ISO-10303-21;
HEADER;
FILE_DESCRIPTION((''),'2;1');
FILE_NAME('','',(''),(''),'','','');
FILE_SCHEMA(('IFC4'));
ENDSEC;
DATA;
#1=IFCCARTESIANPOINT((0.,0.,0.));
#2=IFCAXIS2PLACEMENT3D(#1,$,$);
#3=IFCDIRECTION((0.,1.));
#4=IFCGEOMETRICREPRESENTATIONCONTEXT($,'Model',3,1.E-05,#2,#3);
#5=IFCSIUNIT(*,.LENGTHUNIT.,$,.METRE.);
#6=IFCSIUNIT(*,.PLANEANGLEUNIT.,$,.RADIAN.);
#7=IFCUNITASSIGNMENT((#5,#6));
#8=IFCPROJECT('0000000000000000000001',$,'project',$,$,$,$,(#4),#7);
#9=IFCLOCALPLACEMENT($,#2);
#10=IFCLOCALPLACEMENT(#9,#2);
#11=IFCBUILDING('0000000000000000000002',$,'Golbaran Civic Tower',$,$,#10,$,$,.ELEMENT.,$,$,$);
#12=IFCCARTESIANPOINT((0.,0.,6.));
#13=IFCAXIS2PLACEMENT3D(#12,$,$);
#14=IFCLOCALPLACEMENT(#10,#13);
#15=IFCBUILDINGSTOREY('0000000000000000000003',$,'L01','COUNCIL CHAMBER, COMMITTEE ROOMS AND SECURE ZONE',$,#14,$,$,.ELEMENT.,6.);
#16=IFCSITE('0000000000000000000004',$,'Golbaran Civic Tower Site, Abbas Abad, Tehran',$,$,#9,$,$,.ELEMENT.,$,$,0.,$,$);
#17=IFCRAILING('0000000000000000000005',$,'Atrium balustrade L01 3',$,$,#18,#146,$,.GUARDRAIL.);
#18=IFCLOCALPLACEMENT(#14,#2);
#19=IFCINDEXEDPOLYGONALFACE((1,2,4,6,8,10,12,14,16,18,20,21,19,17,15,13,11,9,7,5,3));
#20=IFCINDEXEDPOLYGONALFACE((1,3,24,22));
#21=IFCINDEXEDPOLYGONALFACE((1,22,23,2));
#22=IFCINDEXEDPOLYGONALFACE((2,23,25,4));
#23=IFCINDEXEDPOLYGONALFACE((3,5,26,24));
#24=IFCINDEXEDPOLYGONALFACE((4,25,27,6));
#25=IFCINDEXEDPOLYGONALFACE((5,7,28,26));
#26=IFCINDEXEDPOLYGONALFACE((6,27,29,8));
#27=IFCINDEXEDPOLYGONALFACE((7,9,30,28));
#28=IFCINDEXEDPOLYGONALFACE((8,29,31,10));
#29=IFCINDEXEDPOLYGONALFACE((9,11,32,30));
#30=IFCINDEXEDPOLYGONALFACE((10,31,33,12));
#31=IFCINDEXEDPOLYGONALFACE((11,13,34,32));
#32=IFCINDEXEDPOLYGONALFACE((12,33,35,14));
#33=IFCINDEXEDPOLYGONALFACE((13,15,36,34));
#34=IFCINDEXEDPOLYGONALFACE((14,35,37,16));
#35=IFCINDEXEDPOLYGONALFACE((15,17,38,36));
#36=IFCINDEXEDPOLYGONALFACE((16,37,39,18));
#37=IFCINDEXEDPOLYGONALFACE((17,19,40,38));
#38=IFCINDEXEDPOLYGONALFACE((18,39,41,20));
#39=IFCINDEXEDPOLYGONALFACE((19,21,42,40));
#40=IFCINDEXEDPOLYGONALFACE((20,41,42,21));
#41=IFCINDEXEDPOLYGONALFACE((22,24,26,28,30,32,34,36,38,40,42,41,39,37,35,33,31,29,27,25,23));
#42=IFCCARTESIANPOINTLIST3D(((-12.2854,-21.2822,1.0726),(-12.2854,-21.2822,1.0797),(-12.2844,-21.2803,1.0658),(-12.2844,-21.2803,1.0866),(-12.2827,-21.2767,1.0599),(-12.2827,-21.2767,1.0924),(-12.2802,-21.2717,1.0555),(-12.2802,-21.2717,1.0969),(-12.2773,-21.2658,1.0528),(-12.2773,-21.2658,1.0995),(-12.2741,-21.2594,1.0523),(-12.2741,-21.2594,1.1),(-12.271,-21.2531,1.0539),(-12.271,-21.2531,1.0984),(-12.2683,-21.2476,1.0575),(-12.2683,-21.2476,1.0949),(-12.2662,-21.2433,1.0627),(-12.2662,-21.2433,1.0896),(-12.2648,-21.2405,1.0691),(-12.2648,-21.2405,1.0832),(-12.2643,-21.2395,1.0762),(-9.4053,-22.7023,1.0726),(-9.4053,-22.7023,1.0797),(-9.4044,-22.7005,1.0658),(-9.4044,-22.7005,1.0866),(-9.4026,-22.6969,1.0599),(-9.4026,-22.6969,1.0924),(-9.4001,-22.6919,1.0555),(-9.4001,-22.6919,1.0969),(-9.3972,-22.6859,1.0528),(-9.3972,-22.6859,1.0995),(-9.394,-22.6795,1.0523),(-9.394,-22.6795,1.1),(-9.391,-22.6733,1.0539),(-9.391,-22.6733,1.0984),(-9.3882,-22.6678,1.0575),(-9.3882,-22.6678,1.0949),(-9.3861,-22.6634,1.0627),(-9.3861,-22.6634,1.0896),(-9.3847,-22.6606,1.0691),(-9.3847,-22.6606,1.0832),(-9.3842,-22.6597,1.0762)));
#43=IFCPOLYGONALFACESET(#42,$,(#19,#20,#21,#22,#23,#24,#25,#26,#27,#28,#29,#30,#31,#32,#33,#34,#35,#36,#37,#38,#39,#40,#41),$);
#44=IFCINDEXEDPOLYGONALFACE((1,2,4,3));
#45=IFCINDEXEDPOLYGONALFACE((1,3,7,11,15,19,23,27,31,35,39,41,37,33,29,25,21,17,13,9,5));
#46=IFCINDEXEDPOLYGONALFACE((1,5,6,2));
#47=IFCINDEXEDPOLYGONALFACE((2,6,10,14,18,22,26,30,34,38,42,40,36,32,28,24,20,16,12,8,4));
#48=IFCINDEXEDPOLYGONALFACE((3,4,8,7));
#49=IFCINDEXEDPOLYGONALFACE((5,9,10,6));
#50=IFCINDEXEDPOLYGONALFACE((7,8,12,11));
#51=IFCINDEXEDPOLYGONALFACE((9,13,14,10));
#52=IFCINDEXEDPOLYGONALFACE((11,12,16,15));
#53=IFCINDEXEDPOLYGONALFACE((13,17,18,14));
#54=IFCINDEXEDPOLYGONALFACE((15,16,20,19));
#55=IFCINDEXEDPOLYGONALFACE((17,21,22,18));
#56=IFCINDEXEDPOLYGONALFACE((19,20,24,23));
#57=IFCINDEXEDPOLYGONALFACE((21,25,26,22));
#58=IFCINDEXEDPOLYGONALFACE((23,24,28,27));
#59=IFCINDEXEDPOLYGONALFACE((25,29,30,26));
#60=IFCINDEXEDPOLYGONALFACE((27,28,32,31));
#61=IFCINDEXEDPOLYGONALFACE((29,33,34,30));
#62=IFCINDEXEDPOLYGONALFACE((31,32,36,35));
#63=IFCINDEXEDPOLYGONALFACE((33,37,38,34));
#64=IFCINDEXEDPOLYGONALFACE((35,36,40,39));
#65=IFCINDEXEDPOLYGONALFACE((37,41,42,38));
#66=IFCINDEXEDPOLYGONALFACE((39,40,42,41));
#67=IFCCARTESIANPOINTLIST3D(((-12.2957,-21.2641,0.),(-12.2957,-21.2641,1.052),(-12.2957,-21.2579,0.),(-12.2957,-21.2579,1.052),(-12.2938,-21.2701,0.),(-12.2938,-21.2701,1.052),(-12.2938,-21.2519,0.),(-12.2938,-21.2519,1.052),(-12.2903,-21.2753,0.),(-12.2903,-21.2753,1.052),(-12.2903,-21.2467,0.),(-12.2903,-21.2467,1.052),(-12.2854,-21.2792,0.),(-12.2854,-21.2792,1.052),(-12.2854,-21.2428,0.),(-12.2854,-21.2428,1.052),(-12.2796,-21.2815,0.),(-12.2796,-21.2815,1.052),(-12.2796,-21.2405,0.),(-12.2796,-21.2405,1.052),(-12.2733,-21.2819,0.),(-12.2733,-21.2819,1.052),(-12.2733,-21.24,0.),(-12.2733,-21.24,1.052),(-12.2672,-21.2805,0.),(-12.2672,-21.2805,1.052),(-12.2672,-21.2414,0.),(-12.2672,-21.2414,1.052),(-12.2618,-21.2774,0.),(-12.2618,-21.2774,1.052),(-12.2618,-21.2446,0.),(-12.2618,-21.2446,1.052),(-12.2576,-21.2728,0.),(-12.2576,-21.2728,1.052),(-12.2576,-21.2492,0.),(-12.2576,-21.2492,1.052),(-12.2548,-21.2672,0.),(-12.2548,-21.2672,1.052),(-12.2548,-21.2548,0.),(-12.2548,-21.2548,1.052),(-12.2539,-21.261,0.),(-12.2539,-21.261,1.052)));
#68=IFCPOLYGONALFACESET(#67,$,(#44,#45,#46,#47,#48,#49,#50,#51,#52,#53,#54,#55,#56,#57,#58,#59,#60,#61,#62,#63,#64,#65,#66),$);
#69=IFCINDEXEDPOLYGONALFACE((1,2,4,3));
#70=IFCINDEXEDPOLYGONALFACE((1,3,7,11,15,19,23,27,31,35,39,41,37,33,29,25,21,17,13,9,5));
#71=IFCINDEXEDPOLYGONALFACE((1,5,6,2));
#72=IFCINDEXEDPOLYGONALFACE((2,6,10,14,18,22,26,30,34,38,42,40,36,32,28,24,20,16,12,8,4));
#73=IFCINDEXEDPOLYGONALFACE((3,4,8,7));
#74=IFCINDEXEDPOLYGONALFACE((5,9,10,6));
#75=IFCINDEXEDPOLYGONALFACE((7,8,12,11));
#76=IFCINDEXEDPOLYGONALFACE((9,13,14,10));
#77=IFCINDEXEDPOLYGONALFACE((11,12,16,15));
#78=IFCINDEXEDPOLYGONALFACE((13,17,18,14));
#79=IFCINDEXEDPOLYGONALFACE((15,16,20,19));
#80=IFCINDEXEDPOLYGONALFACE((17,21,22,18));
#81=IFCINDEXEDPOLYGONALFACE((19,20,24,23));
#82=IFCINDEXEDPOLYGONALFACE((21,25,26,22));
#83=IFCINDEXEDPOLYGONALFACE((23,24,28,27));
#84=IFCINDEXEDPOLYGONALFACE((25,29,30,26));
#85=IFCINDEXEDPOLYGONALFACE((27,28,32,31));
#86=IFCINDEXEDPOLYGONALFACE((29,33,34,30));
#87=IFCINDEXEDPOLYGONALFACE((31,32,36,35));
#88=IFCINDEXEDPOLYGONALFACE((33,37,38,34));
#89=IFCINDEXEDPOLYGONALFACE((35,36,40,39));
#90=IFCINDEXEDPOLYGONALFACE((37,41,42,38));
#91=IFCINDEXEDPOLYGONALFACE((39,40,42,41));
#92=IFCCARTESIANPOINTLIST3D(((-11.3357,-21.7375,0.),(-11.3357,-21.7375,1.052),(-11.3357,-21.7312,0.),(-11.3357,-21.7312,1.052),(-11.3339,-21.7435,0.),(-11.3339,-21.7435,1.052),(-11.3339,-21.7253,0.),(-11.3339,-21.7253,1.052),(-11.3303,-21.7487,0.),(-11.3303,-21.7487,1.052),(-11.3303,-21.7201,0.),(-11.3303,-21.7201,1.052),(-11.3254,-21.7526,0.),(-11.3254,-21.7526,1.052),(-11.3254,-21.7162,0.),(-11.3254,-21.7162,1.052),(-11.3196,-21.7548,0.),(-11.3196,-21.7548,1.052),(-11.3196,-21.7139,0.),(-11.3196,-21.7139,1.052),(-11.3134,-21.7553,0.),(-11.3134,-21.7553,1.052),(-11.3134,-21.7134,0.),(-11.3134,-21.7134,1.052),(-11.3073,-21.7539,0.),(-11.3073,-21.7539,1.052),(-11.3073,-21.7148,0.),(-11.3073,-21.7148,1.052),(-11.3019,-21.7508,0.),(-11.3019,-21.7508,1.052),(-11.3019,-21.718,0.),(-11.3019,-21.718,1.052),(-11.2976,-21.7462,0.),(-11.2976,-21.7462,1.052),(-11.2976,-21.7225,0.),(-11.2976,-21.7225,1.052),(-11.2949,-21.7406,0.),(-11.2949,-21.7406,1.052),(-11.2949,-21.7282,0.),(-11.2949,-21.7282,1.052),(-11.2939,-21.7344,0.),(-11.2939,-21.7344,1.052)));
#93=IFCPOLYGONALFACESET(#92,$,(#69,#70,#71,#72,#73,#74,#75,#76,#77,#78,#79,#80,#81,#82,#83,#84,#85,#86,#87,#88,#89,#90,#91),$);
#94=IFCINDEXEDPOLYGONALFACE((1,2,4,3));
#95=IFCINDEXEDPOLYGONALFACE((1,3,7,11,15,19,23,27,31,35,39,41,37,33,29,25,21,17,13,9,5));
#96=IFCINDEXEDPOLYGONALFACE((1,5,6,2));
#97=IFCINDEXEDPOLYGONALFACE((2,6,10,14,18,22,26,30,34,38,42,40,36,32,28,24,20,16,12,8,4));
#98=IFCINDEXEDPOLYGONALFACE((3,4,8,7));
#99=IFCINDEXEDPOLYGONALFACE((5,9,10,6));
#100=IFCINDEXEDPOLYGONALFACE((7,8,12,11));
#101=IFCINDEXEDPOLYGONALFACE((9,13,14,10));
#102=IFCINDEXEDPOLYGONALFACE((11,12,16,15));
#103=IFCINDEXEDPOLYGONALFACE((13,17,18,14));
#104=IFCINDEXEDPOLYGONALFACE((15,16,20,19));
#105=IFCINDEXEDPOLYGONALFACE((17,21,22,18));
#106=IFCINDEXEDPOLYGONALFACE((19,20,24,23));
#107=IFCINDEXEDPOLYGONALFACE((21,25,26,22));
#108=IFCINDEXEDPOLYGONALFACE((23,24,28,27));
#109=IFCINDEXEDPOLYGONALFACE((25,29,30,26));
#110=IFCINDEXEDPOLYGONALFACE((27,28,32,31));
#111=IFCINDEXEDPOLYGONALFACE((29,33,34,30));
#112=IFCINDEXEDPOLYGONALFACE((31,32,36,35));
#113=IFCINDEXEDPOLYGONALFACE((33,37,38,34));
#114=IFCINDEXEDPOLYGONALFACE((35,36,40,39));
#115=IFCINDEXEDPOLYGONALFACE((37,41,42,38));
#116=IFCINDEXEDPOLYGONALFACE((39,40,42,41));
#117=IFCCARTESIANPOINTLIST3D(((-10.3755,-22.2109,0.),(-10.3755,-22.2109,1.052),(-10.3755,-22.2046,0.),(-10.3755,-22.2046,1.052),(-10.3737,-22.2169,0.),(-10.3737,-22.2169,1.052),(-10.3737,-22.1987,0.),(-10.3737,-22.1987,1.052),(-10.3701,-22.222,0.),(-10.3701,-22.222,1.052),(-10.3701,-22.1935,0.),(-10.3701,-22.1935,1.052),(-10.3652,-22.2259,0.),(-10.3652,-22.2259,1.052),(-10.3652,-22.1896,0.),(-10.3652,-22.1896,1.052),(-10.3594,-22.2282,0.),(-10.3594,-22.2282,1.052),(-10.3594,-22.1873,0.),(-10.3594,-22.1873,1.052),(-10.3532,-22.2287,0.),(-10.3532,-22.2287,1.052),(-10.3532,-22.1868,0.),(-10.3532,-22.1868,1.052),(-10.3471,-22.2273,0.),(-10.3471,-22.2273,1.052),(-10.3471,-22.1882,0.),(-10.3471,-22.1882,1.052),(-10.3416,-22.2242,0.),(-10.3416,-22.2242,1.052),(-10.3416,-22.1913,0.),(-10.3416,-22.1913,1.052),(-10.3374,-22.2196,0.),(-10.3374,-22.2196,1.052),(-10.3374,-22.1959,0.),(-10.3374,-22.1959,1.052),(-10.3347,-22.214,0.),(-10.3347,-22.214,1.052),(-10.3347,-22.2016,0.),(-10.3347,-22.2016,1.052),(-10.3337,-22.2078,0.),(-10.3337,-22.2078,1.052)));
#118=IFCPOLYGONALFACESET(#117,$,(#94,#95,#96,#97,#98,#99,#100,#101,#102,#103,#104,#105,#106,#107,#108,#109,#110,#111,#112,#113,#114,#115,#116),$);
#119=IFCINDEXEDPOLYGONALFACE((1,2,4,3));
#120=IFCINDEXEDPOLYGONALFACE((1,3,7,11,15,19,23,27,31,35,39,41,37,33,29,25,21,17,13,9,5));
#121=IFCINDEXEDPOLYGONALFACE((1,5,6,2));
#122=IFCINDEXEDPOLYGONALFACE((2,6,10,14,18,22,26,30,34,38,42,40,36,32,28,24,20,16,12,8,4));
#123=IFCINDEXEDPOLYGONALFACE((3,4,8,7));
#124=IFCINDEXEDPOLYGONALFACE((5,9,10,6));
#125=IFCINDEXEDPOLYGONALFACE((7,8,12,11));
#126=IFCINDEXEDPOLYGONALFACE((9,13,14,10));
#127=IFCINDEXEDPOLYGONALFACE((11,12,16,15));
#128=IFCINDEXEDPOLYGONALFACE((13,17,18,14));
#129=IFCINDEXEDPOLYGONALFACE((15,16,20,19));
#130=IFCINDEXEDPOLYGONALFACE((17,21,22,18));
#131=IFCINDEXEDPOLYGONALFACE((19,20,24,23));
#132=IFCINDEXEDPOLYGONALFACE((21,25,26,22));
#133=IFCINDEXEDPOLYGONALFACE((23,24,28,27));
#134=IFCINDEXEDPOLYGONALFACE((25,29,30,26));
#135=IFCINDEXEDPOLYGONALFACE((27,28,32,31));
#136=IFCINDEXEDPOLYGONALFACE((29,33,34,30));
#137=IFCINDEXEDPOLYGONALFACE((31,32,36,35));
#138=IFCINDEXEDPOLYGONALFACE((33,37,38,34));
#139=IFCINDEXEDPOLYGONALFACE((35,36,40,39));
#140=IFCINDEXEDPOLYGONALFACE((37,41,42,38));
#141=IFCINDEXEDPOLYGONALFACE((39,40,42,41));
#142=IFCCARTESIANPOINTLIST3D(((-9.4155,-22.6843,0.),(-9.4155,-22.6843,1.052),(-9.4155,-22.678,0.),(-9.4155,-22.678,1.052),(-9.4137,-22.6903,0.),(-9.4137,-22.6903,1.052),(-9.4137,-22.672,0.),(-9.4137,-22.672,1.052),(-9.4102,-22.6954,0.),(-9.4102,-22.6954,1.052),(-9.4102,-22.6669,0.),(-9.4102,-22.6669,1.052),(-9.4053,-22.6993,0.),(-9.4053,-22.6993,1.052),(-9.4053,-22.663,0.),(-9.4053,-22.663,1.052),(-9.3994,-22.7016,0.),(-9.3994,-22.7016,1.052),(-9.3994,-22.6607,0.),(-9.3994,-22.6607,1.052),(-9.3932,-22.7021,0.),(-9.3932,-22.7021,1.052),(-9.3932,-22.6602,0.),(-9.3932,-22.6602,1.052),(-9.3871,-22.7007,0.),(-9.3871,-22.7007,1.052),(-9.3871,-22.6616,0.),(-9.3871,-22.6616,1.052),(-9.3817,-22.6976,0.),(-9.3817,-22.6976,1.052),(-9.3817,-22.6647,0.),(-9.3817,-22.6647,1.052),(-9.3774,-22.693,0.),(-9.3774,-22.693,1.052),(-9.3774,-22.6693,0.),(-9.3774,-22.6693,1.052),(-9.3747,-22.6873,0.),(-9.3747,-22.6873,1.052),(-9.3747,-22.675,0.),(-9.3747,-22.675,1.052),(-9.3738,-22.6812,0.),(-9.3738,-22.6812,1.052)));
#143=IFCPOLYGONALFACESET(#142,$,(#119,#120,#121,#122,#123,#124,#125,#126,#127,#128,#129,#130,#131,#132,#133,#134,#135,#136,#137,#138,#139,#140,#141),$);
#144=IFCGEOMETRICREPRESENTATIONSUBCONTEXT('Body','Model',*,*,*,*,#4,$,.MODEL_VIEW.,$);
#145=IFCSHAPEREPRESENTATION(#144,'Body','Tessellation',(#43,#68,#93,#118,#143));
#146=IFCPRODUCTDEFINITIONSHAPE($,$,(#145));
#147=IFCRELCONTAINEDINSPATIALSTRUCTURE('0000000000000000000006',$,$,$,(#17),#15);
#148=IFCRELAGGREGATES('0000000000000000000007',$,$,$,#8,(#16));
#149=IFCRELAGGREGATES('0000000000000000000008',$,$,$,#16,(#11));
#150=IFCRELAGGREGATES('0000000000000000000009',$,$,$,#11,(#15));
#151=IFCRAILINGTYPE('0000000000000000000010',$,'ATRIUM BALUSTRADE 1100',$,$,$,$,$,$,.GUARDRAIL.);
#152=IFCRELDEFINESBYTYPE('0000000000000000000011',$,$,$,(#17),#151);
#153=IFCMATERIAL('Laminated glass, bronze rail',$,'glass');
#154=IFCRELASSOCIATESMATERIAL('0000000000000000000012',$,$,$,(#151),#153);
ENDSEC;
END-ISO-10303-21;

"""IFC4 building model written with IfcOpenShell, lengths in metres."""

from ifc_helpers import new_model, si_unit, direction, frame, origin, origin_2d, place, context, subcontext, project, spatial, circle, extrude, material, type_object, element, save


model = new_model("IFC4")

# Units and contexts
model_context = context("Model", 3, precision=1e-05, world=origin(), true_north=direction((0.0, 1.0)))
body_context = subcontext(model_context, "Body", "Model", "MODEL_VIEW")
ifc_project = project(units=[si_unit("LENGTHUNIT", "METRE"), si_unit("PLANEANGLEUNIT", "RADIAN")], contexts=[model_context])

# Site, building, storey
site_placement = place(None, origin())
site = spatial("IfcSite", under=ifc_project, at=site_placement, Name="Golbaran Civic Tower Site, Abbas Abad, Tehran", CompositionType="ELEMENT", RefElevation=0.0)
building_placement = place(site_placement, origin())
building = spatial("IfcBuilding", under=site, at=building_placement, Name="Golbaran Civic Tower", CompositionType="ELEMENT")
storey_placement = place(building_placement, frame((0.0, 0.0, 6.0)))
storey = spatial("IfcBuildingStorey", under=building, at=storey_placement, Name="L01", Description="COUNCIL CHAMBER, COMMITTEE ROOMS AND SECURE ZONE", CompositionType="ELEMENT", Elevation=6.0)

# Railing
ifc_material_1 = material(Name="Laminated glass, bronze rail", Category="glass")
railing_type = type_object("IfcRailingType", Name="ATRIUM BALUSTRADE 1100", PredefinedType="GUARDRAIL", material=ifc_material_1)
railing_1_placement = place(storey_placement, frame((-12.2749, -21.261, 0.0)))
element("IfcRailing", 1, at=railing_1_placement, inside=storey, type_object=railing_type, Name="Atrium balustrade L01 3", PredefinedType="GUARDRAIL", context=body_context, shape_type="SweptSolid", body=[
    extrude(circle(Radius=0.0239, at=origin_2d()), frame((0.0, 0.0, 1.0762), z_axis=(0.896892, -0.44225, 0.0), x_axis=(0.44225, 0.896892, 0.0)), (0.0, 0.0, 1.0), 3.2112),
    extrude(circle(Radius=0.021, at=origin_2d()), origin(), (0.0, 0.0, 1.0), 1.052),
    extrude(circle(Radius=0.021, at=origin_2d()), frame((0.96, -0.4734, 0.0)), (0.0, 0.0, 1.0), 1.052),
    extrude(circle(Radius=0.021, at=origin_2d()), frame((1.9202, -0.9468, 0.0)), (0.0, 0.0, 1.0), 1.052),
    extrude(circle(Radius=0.021, at=origin_2d()), frame((2.8801, -1.4202, 0.0)), (0.0, 0.0, 1.0), 1.052),
])

save(model, "model.ifc")
